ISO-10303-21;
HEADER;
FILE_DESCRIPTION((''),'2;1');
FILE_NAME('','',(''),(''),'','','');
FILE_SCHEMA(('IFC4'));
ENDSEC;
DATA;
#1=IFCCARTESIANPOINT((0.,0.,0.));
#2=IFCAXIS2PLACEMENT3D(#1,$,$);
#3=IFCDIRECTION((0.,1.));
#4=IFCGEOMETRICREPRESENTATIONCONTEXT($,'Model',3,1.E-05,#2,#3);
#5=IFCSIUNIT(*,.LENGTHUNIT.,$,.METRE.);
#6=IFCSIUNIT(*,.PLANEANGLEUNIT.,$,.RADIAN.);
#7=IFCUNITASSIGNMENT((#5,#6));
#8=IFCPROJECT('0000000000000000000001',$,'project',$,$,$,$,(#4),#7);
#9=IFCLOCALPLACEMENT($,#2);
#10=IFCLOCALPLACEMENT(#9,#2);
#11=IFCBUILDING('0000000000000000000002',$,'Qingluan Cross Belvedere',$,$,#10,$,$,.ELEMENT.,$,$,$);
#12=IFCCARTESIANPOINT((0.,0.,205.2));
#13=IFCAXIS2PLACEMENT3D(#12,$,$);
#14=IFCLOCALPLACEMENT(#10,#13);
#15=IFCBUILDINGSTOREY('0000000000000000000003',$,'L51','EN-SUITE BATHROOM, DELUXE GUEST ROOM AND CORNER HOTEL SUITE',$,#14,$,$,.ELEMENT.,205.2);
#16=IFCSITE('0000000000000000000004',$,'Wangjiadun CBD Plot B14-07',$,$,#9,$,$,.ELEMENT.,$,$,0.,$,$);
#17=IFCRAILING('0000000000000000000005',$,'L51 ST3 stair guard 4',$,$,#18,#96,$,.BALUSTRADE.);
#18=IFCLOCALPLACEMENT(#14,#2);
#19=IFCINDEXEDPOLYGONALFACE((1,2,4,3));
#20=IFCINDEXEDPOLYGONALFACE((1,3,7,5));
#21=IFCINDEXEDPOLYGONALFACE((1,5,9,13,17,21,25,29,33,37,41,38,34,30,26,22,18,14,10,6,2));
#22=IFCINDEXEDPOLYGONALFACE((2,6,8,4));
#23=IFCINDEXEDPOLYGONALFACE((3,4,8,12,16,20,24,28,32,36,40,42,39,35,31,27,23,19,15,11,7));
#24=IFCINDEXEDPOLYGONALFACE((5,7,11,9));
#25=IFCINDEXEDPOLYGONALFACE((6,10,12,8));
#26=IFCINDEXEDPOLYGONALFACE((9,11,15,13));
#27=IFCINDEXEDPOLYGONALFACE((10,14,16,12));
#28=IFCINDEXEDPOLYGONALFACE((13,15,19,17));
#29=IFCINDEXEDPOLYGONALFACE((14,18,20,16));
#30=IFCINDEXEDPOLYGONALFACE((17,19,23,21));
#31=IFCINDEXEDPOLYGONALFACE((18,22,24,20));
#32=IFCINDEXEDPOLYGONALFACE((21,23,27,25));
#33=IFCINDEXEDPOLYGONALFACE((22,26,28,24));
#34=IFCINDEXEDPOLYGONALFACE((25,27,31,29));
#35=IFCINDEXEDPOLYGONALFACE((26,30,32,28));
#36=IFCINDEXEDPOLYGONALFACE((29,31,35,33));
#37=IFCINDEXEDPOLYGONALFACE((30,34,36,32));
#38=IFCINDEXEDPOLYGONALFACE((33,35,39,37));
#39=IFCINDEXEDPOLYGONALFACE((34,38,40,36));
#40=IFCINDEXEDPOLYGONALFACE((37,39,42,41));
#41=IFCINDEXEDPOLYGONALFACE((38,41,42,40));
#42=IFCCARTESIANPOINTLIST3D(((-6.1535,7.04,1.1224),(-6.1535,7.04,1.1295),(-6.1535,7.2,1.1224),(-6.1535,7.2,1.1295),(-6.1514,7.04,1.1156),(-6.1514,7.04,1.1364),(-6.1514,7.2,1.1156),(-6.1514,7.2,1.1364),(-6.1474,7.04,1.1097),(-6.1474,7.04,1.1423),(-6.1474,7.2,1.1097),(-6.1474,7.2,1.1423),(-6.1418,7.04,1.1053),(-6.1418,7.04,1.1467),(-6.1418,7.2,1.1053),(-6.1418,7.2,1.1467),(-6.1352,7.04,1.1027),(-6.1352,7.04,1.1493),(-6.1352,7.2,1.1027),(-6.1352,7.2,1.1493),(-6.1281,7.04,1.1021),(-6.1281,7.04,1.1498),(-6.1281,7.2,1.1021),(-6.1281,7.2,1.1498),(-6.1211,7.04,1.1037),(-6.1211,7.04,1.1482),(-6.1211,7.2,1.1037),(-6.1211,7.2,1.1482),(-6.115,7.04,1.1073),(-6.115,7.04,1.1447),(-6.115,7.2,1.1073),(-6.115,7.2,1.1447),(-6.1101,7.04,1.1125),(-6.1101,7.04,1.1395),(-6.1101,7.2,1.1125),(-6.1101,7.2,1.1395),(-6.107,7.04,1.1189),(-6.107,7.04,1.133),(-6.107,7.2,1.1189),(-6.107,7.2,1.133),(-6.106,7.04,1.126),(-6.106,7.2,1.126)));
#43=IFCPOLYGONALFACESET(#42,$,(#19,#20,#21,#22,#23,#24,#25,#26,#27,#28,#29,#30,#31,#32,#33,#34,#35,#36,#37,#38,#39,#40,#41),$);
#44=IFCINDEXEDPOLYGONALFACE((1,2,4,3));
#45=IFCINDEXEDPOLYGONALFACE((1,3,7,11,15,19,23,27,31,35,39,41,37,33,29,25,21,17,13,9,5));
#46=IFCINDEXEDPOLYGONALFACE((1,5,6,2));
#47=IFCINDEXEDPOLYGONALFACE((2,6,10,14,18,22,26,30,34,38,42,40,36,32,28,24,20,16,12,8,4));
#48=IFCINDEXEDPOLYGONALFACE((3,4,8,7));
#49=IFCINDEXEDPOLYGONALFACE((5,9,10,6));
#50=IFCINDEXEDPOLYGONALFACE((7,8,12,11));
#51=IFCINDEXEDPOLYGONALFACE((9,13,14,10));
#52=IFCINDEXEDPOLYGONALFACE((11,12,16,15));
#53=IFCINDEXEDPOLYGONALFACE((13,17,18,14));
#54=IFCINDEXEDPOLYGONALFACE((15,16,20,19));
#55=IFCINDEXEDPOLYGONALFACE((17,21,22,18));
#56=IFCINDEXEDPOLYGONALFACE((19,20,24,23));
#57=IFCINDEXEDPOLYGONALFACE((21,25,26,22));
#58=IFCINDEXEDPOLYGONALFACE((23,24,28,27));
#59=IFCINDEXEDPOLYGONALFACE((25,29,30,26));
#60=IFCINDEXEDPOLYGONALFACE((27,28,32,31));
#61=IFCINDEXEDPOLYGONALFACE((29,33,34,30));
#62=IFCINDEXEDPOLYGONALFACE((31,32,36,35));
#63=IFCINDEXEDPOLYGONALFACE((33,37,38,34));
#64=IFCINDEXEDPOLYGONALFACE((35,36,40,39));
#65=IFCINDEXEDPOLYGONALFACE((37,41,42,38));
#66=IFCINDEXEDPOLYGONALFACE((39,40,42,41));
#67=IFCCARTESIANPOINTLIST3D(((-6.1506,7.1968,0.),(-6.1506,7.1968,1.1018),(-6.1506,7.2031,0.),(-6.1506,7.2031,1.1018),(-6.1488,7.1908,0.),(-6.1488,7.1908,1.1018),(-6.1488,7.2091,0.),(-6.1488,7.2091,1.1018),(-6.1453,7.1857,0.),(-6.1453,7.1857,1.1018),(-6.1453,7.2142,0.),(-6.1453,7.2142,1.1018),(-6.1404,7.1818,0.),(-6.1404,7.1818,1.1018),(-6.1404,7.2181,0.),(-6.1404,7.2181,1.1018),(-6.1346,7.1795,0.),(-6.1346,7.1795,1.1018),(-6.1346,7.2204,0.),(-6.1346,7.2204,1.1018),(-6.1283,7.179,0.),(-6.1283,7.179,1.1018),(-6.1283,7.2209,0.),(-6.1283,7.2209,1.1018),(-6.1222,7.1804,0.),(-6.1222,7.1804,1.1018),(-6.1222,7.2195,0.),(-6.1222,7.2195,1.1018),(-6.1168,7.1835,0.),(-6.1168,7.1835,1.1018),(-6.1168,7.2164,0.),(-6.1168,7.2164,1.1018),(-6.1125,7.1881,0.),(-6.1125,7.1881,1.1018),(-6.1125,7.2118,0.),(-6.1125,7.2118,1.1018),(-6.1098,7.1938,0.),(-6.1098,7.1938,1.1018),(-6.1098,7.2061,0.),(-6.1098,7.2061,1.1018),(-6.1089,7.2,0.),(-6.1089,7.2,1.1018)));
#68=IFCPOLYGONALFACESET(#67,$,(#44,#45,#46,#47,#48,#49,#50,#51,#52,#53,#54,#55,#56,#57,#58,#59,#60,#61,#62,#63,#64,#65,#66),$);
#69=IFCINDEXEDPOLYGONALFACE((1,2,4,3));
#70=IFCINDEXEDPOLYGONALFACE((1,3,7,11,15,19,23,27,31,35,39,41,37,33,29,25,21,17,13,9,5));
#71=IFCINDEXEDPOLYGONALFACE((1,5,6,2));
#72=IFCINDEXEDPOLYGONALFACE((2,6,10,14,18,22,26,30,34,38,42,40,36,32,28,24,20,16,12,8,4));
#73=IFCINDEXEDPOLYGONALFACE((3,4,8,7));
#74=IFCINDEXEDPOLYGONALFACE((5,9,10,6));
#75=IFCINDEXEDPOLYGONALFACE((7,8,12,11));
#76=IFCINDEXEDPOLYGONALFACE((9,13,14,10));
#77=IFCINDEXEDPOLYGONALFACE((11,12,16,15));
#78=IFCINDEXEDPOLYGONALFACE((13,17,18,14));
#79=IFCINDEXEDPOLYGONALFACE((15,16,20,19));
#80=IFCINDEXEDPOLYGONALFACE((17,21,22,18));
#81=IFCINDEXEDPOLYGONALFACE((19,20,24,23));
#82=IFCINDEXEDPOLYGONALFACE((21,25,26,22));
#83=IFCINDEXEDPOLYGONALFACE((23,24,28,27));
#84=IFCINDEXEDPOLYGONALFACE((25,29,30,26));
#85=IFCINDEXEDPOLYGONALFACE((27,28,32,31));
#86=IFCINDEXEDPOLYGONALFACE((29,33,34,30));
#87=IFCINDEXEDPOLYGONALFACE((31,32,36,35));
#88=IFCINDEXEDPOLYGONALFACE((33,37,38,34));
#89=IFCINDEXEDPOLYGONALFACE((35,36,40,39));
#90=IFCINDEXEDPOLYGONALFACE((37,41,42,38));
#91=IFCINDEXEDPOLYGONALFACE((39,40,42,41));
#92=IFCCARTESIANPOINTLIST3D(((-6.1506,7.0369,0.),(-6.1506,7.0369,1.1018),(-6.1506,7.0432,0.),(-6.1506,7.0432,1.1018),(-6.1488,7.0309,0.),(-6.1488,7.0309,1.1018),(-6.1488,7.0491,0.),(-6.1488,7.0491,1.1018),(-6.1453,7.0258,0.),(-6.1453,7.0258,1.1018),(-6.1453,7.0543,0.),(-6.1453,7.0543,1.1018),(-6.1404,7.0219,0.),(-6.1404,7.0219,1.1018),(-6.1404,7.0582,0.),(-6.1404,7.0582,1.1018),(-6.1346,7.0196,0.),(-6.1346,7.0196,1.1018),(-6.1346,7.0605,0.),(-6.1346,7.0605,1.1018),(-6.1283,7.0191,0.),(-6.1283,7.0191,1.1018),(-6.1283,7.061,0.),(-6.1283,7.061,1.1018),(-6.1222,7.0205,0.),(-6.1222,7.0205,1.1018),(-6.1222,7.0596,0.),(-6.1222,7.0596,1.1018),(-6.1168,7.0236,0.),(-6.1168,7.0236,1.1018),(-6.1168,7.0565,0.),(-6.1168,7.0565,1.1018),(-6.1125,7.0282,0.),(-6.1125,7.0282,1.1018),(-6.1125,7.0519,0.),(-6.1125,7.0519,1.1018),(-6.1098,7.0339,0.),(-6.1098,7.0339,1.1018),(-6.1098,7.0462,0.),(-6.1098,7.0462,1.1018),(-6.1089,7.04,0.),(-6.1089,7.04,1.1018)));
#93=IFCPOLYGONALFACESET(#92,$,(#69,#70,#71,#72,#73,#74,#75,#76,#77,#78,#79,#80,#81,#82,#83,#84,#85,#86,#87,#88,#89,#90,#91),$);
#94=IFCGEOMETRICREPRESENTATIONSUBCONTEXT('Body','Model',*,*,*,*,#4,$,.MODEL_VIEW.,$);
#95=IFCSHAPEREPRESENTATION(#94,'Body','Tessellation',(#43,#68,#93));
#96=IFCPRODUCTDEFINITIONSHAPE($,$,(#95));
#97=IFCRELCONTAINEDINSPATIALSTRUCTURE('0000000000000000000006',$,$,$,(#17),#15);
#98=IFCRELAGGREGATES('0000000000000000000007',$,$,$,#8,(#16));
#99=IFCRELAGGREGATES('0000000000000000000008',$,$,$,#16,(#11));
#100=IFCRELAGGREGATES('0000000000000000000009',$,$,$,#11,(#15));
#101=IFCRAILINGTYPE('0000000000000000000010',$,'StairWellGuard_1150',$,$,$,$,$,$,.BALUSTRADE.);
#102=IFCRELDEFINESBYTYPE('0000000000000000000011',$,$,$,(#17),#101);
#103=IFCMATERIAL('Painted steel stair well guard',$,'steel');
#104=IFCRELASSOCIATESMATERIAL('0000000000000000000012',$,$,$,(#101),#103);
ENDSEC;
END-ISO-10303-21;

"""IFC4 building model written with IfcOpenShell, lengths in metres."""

from ifc_helpers import new_model, si_unit, direction, frame, origin, origin_2d, place, context, subcontext, project, spatial, circle, extrude, material, type_object, element, save


model = new_model("IFC4")

# Units and contexts
model_context = context("Model", 3, precision=1e-05, world=origin(), true_north=direction((0.0, 1.0)))
body_context = subcontext(model_context, "Body", "Model", "MODEL_VIEW")
ifc_project = project(units=[si_unit("LENGTHUNIT", "METRE"), si_unit("PLANEANGLEUNIT", "RADIAN")], contexts=[model_context])

# Site, building, storey
site_placement = place(None, origin())
site = spatial("IfcSite", under=ifc_project, at=site_placement, Name="Wangjiadun CBD Plot B14-07", CompositionType="ELEMENT", RefElevation=0.0)
building_placement = place(site_placement, origin())
building = spatial("IfcBuilding", under=site, at=building_placement, Name="Qingluan Cross Belvedere", CompositionType="ELEMENT")
storey_placement = place(building_placement, frame((0.0, 0.0, 205.2)))
storey = spatial("IfcBuildingStorey", under=building, at=storey_placement, Name="L51", Description="EN-SUITE BATHROOM, DELUXE GUEST ROOM AND CORNER HOTEL SUITE", CompositionType="ELEMENT", Elevation=205.2)

# Railing
ifc_material_1 = material(Name="Painted steel stair well guard", Category="steel")
railing_type_1 = type_object("IfcRailingType", Name="StairWellGuard_1150", PredefinedType="BALUSTRADE", material=ifc_material_1)
railing_1_placement = place(storey_placement, frame((-6.1299, 7.2, 0.0)))
element("IfcRailing", 1, at=railing_1_placement, inside=storey, type_object=railing_type_1, Name="L51 ST3 stair guard 4", PredefinedType="BALUSTRADE", context=body_context, shape_type="SweptSolid", body=[
    extrude(circle(Radius=0.0239, at=origin_2d()), frame((0.0, 0.0, 1.126), z_axis=(0.0, -1.0, 0.0), x_axis=(1.0, 0.0, 0.0)), (0.0, 0.0, 1.0), 0.1599),
    extrude(circle(Radius=0.021, at=origin_2d()), origin(), (0.0, 0.0, 1.0), 1.1018),
    extrude(circle(Radius=0.021, at=origin_2d()), frame((0.0, -0.1599, 0.0)), (0.0, 0.0, 1.0), 1.1018),
])

save(model, "model.ifc")
